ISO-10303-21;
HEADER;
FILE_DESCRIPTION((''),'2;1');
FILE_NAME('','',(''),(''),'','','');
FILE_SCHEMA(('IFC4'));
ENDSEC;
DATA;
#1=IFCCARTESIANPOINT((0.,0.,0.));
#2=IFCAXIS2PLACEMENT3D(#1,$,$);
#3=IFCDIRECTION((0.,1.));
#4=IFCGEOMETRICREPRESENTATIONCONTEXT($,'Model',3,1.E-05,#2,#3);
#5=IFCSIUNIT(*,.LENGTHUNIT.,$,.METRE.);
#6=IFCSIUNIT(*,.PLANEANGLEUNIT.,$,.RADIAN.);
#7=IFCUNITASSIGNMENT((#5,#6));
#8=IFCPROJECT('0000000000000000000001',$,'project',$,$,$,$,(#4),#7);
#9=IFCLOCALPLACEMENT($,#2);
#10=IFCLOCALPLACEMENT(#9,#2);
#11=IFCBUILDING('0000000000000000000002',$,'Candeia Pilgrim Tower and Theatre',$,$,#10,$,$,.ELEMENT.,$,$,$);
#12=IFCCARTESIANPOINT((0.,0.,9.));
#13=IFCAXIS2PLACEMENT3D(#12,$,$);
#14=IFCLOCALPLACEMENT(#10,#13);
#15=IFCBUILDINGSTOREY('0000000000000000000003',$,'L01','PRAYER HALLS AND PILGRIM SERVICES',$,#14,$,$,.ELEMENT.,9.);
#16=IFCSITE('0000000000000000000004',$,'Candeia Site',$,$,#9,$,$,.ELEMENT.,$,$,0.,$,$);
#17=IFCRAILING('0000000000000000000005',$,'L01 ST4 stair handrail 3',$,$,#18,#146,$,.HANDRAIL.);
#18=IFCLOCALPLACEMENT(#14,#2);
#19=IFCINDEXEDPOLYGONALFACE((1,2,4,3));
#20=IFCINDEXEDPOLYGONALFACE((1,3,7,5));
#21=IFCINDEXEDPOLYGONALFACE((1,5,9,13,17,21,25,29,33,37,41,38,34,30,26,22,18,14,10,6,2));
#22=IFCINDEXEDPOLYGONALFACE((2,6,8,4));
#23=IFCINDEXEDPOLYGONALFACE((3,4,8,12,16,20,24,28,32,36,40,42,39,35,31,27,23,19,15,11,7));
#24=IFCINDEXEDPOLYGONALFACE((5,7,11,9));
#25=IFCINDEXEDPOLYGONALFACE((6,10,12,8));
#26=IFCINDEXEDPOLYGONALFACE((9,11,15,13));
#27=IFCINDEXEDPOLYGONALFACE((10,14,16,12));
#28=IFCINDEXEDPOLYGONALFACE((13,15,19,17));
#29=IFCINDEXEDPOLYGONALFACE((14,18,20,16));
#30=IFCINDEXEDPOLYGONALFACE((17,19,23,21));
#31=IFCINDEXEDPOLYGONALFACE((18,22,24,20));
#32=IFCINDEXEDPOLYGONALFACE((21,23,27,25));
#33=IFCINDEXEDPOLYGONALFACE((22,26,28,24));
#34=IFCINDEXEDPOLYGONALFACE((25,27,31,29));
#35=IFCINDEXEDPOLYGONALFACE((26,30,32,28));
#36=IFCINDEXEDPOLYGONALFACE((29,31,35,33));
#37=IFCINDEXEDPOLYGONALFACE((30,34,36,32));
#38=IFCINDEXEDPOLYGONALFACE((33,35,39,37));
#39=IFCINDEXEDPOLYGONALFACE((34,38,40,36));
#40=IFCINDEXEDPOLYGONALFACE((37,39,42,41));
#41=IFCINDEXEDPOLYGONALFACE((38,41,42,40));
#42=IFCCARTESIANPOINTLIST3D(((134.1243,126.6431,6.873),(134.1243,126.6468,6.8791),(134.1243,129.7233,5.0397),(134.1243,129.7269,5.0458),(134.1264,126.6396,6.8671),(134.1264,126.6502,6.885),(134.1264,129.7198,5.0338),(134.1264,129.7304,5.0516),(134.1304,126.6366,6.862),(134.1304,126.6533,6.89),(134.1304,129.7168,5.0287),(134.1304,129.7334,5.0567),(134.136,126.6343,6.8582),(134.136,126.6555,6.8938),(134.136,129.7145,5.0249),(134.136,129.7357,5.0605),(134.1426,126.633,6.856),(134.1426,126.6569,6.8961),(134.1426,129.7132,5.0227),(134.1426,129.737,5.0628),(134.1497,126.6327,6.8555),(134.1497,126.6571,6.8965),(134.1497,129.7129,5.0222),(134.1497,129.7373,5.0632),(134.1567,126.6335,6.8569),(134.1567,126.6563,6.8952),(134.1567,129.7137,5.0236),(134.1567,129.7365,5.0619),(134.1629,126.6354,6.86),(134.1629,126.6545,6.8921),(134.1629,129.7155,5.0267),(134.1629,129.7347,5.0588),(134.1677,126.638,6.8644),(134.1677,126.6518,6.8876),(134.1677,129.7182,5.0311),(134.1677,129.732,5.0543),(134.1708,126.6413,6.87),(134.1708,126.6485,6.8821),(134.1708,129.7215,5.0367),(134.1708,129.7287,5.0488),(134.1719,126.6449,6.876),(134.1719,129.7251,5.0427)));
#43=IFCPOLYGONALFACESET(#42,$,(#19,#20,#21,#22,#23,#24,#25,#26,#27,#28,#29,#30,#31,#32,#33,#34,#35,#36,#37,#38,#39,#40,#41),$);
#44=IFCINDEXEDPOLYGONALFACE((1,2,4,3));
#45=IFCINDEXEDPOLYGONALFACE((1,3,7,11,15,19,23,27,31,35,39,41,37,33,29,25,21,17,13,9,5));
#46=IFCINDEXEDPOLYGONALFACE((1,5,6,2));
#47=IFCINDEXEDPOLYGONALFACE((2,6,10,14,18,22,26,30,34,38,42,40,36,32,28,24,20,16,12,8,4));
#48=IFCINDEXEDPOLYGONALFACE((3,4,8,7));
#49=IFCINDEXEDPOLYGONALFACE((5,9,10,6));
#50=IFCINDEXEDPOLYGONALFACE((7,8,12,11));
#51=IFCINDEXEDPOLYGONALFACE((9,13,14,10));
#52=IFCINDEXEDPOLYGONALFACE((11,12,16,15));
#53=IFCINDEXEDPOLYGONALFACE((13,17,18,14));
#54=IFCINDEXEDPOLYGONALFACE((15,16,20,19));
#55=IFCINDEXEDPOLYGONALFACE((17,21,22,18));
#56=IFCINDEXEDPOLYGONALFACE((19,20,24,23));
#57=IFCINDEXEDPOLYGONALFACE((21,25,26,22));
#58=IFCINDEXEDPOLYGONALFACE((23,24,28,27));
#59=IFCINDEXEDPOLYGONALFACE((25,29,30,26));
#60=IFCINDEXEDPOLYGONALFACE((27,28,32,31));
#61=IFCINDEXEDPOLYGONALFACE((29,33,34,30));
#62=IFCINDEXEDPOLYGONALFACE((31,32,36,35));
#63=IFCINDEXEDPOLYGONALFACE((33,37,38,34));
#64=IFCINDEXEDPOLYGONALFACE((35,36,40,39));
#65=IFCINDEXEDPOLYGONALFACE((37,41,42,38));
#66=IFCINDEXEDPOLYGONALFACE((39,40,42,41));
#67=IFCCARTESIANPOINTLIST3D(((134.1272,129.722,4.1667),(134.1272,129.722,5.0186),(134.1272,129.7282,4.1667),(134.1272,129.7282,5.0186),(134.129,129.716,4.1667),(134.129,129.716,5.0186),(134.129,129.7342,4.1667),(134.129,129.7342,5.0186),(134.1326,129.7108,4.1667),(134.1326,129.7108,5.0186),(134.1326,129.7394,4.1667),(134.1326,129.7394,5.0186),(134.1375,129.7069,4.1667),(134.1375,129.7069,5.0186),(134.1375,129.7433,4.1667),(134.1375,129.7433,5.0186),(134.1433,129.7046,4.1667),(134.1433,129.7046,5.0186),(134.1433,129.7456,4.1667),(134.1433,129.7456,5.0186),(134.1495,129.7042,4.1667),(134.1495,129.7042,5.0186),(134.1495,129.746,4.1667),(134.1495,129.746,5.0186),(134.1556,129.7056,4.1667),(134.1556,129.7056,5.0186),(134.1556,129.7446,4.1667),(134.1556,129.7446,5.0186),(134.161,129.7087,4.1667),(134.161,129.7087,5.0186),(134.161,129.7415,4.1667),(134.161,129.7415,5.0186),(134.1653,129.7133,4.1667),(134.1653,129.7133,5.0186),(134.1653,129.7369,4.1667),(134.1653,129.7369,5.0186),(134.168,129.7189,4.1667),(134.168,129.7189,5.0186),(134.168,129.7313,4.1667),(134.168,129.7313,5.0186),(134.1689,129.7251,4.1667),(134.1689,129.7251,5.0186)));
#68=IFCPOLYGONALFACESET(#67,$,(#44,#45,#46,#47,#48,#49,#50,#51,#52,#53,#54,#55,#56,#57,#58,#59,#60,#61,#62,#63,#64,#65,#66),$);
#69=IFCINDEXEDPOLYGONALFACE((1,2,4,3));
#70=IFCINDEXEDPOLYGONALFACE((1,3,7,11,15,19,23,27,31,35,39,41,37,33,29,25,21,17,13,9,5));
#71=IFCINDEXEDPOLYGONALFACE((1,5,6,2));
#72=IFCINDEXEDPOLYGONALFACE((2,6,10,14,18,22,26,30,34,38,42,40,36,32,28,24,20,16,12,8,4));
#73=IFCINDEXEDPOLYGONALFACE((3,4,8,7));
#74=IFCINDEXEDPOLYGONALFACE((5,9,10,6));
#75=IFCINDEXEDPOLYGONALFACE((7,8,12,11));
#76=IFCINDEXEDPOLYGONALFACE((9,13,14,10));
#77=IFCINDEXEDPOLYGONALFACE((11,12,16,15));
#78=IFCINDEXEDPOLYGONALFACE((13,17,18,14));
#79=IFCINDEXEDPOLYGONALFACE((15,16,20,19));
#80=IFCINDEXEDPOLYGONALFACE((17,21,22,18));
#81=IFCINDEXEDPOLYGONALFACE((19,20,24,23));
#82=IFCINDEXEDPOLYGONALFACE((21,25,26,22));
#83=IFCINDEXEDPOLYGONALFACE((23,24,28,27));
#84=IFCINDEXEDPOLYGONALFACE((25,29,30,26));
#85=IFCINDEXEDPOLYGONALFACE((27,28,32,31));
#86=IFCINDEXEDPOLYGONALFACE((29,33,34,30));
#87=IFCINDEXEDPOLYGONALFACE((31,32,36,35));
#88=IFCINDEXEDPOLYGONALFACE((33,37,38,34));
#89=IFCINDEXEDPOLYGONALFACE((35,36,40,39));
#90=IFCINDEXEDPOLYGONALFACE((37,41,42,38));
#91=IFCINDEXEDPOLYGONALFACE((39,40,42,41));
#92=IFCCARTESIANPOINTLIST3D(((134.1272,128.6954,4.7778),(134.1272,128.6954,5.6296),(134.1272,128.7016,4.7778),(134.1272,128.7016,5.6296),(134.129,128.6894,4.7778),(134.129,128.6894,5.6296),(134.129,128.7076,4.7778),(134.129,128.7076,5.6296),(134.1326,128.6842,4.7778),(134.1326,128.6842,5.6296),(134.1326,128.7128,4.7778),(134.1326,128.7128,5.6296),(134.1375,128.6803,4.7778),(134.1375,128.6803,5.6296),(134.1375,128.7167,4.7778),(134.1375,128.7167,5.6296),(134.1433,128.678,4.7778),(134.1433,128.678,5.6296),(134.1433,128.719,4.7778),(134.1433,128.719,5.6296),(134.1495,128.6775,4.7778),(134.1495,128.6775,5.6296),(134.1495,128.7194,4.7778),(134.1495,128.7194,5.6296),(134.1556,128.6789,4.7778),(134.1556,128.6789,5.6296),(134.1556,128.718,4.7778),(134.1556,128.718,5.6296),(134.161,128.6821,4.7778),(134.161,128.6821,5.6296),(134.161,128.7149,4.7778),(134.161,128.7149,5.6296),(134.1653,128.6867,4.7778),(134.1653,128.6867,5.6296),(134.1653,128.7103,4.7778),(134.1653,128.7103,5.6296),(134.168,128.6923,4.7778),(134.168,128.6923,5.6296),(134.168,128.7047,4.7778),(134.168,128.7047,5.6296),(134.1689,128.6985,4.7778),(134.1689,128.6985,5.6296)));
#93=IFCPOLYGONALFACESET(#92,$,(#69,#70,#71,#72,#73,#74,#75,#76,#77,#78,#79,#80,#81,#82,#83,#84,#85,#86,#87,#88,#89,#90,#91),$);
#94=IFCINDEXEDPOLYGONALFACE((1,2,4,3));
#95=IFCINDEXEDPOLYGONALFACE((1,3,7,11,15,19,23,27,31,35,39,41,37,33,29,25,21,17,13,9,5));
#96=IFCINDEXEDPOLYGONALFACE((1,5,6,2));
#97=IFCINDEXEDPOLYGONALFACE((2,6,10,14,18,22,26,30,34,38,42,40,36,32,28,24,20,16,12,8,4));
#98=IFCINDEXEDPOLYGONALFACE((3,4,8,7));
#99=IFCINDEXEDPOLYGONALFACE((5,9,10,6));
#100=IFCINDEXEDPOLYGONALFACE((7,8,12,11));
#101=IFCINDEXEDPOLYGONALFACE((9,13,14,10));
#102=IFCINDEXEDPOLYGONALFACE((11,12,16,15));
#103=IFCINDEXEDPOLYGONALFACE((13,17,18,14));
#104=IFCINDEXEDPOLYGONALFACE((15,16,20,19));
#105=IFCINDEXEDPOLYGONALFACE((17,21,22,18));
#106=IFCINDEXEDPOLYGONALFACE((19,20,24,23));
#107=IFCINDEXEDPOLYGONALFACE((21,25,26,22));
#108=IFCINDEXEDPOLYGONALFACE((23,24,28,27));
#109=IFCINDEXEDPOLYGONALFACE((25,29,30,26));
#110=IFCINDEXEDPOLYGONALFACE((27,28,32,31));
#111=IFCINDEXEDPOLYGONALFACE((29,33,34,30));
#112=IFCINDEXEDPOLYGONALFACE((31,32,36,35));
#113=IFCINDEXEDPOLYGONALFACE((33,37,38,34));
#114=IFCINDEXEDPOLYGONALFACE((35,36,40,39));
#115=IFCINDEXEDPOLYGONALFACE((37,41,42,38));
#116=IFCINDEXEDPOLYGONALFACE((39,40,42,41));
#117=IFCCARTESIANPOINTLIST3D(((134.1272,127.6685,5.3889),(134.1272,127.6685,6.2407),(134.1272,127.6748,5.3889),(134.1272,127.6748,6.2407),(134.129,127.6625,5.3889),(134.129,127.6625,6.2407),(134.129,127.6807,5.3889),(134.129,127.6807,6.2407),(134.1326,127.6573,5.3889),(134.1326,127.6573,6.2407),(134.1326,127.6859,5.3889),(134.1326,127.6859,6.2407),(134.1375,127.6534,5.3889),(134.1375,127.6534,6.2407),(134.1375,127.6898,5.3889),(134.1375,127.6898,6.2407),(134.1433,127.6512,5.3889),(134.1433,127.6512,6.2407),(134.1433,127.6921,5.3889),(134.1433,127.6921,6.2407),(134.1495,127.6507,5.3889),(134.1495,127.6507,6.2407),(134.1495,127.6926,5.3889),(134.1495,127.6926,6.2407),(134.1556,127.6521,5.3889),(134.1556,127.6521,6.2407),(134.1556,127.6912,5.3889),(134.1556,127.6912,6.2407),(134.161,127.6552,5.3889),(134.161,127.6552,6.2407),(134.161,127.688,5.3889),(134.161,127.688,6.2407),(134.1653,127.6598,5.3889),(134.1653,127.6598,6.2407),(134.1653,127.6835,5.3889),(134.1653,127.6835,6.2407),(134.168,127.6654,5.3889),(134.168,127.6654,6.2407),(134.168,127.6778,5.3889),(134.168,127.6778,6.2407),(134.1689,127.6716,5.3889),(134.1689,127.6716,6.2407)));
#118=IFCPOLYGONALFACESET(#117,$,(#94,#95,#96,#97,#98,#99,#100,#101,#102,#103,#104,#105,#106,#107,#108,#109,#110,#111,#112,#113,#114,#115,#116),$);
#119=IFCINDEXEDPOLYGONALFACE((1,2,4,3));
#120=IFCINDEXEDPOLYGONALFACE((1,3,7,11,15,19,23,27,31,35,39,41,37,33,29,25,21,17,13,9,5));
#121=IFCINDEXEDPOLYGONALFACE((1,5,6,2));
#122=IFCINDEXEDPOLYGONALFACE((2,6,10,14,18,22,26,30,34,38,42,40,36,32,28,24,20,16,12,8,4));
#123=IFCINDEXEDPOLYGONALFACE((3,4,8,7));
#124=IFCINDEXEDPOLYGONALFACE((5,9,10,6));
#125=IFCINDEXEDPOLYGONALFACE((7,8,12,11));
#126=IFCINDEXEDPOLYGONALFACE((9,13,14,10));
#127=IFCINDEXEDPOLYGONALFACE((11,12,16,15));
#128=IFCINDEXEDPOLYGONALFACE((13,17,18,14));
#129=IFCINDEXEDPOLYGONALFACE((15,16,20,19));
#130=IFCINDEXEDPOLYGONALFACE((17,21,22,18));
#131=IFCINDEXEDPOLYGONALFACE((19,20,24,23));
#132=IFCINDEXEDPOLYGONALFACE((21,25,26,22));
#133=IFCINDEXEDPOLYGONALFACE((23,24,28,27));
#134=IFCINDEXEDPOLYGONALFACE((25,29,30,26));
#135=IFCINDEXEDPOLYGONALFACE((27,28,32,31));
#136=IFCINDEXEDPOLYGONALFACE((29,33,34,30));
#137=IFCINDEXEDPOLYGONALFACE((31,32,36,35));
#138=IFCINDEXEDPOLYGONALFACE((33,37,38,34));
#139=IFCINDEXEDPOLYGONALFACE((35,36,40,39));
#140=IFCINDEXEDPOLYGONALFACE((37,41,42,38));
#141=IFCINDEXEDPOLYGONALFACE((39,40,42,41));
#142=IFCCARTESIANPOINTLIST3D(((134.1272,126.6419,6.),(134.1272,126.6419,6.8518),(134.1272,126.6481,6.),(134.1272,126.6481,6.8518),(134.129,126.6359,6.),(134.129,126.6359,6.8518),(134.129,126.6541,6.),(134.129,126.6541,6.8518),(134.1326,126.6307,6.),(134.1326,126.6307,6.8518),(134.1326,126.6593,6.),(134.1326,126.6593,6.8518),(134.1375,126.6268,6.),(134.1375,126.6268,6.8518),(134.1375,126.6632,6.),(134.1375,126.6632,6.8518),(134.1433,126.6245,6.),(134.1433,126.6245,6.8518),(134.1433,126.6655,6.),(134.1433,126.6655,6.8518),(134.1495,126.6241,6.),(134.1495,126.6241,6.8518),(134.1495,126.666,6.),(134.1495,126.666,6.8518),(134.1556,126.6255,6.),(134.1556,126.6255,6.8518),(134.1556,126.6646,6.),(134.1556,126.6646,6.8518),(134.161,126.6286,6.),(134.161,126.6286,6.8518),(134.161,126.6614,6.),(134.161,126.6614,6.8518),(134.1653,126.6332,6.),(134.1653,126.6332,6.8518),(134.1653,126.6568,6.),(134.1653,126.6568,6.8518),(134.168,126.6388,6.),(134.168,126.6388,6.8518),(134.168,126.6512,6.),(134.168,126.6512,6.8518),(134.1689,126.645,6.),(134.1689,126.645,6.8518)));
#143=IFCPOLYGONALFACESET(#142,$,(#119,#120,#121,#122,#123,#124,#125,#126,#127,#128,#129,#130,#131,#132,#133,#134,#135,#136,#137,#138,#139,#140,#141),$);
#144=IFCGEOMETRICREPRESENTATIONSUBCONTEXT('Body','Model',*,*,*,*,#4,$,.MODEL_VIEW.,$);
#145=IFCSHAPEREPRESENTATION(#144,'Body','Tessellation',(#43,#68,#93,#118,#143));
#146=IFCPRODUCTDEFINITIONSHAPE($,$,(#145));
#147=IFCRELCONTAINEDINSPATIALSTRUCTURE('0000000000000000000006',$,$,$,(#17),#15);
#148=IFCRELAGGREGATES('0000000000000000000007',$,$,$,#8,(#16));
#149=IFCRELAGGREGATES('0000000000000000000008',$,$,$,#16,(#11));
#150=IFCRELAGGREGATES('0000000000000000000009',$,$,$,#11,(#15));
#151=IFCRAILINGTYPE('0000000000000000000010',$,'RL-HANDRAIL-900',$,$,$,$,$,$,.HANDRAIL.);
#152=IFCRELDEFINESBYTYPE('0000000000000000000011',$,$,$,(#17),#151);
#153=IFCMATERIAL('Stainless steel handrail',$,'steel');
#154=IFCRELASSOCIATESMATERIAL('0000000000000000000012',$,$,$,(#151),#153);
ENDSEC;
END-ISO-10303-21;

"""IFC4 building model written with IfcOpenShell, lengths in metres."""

from ifc_helpers import new_model, si_unit, direction, frame, origin, origin_2d, place, context, subcontext, project, spatial, circle, extrude, material, type_object, element, save


model = new_model("IFC4")

# Units and contexts
model_context = context("Model", 3, precision=1e-05, world=origin(), true_north=direction((0.0, 1.0)))
body_context = subcontext(model_context, "Body", "Model", "MODEL_VIEW")
ifc_project = project(units=[si_unit("LENGTHUNIT", "METRE"), si_unit("PLANEANGLEUNIT", "RADIAN")], contexts=[model_context])

# Site, building, storey
site_placement = place(None, origin())
site = spatial("IfcSite", under=ifc_project, at=site_placement, Name="Candeia Site", CompositionType="ELEMENT", RefElevation=0.0)
building_placement = place(site_placement, origin())
building = spatial("IfcBuilding", under=site, at=building_placement, Name="Candeia Pilgrim Tower and Theatre", CompositionType="ELEMENT")
storey_placement = place(building_placement, frame((0.0, 0.0, 9.0)))
storey = spatial("IfcBuildingStorey", under=building, at=storey_placement, Name="L01", Description="PRAYER HALLS AND PILGRIM SERVICES", CompositionType="ELEMENT", Elevation=9.0)

# Railing
ifc_material_1 = material(Name="Stainless steel handrail", Category="steel")
railing_type_1 = type_object("IfcRailingType", Name="RL-HANDRAIL-900", PredefinedType="HANDRAIL", material=ifc_material_1)
railing_1_placement = place(storey_placement, frame((134.1479, 129.7251, 4.1667)))
element("IfcRailing", 1, at=railing_1_placement, inside=storey, type_object=railing_type_1, Name="L01 ST4 stair handrail 3", PredefinedType="HANDRAIL", context=body_context, shape_type="SweptSolid", body=[
    extrude(circle(Radius=0.0239, at=origin_2d()), frame((0.0, 0.0, 0.876), z_axis=(0.0, -0.859309, 0.511458), x_axis=(1.0, 0.0, 0.0)), (0.0, 0.0, 1.0), 3.5845),
    extrude(circle(Radius=0.021, at=origin_2d()), origin(), (0.0, 0.0, 1.0), 0.8518),
    extrude(circle(Radius=0.021, at=origin_2d()), frame((0.0, -1.0266, 0.6111)), (0.0, 0.0, 1.0), 0.8518),
    extrude(circle(Radius=0.021, at=origin_2d()), frame((0.0, -2.0535, 1.2222)), (0.0, 0.0, 1.0), 0.8518),
    extrude(circle(Radius=0.021, at=origin_2d()), frame((0.0, -3.0801, 1.8333)), (0.0, 0.0, 1.0), 0.8518),
])

save(model, "model.ifc")
